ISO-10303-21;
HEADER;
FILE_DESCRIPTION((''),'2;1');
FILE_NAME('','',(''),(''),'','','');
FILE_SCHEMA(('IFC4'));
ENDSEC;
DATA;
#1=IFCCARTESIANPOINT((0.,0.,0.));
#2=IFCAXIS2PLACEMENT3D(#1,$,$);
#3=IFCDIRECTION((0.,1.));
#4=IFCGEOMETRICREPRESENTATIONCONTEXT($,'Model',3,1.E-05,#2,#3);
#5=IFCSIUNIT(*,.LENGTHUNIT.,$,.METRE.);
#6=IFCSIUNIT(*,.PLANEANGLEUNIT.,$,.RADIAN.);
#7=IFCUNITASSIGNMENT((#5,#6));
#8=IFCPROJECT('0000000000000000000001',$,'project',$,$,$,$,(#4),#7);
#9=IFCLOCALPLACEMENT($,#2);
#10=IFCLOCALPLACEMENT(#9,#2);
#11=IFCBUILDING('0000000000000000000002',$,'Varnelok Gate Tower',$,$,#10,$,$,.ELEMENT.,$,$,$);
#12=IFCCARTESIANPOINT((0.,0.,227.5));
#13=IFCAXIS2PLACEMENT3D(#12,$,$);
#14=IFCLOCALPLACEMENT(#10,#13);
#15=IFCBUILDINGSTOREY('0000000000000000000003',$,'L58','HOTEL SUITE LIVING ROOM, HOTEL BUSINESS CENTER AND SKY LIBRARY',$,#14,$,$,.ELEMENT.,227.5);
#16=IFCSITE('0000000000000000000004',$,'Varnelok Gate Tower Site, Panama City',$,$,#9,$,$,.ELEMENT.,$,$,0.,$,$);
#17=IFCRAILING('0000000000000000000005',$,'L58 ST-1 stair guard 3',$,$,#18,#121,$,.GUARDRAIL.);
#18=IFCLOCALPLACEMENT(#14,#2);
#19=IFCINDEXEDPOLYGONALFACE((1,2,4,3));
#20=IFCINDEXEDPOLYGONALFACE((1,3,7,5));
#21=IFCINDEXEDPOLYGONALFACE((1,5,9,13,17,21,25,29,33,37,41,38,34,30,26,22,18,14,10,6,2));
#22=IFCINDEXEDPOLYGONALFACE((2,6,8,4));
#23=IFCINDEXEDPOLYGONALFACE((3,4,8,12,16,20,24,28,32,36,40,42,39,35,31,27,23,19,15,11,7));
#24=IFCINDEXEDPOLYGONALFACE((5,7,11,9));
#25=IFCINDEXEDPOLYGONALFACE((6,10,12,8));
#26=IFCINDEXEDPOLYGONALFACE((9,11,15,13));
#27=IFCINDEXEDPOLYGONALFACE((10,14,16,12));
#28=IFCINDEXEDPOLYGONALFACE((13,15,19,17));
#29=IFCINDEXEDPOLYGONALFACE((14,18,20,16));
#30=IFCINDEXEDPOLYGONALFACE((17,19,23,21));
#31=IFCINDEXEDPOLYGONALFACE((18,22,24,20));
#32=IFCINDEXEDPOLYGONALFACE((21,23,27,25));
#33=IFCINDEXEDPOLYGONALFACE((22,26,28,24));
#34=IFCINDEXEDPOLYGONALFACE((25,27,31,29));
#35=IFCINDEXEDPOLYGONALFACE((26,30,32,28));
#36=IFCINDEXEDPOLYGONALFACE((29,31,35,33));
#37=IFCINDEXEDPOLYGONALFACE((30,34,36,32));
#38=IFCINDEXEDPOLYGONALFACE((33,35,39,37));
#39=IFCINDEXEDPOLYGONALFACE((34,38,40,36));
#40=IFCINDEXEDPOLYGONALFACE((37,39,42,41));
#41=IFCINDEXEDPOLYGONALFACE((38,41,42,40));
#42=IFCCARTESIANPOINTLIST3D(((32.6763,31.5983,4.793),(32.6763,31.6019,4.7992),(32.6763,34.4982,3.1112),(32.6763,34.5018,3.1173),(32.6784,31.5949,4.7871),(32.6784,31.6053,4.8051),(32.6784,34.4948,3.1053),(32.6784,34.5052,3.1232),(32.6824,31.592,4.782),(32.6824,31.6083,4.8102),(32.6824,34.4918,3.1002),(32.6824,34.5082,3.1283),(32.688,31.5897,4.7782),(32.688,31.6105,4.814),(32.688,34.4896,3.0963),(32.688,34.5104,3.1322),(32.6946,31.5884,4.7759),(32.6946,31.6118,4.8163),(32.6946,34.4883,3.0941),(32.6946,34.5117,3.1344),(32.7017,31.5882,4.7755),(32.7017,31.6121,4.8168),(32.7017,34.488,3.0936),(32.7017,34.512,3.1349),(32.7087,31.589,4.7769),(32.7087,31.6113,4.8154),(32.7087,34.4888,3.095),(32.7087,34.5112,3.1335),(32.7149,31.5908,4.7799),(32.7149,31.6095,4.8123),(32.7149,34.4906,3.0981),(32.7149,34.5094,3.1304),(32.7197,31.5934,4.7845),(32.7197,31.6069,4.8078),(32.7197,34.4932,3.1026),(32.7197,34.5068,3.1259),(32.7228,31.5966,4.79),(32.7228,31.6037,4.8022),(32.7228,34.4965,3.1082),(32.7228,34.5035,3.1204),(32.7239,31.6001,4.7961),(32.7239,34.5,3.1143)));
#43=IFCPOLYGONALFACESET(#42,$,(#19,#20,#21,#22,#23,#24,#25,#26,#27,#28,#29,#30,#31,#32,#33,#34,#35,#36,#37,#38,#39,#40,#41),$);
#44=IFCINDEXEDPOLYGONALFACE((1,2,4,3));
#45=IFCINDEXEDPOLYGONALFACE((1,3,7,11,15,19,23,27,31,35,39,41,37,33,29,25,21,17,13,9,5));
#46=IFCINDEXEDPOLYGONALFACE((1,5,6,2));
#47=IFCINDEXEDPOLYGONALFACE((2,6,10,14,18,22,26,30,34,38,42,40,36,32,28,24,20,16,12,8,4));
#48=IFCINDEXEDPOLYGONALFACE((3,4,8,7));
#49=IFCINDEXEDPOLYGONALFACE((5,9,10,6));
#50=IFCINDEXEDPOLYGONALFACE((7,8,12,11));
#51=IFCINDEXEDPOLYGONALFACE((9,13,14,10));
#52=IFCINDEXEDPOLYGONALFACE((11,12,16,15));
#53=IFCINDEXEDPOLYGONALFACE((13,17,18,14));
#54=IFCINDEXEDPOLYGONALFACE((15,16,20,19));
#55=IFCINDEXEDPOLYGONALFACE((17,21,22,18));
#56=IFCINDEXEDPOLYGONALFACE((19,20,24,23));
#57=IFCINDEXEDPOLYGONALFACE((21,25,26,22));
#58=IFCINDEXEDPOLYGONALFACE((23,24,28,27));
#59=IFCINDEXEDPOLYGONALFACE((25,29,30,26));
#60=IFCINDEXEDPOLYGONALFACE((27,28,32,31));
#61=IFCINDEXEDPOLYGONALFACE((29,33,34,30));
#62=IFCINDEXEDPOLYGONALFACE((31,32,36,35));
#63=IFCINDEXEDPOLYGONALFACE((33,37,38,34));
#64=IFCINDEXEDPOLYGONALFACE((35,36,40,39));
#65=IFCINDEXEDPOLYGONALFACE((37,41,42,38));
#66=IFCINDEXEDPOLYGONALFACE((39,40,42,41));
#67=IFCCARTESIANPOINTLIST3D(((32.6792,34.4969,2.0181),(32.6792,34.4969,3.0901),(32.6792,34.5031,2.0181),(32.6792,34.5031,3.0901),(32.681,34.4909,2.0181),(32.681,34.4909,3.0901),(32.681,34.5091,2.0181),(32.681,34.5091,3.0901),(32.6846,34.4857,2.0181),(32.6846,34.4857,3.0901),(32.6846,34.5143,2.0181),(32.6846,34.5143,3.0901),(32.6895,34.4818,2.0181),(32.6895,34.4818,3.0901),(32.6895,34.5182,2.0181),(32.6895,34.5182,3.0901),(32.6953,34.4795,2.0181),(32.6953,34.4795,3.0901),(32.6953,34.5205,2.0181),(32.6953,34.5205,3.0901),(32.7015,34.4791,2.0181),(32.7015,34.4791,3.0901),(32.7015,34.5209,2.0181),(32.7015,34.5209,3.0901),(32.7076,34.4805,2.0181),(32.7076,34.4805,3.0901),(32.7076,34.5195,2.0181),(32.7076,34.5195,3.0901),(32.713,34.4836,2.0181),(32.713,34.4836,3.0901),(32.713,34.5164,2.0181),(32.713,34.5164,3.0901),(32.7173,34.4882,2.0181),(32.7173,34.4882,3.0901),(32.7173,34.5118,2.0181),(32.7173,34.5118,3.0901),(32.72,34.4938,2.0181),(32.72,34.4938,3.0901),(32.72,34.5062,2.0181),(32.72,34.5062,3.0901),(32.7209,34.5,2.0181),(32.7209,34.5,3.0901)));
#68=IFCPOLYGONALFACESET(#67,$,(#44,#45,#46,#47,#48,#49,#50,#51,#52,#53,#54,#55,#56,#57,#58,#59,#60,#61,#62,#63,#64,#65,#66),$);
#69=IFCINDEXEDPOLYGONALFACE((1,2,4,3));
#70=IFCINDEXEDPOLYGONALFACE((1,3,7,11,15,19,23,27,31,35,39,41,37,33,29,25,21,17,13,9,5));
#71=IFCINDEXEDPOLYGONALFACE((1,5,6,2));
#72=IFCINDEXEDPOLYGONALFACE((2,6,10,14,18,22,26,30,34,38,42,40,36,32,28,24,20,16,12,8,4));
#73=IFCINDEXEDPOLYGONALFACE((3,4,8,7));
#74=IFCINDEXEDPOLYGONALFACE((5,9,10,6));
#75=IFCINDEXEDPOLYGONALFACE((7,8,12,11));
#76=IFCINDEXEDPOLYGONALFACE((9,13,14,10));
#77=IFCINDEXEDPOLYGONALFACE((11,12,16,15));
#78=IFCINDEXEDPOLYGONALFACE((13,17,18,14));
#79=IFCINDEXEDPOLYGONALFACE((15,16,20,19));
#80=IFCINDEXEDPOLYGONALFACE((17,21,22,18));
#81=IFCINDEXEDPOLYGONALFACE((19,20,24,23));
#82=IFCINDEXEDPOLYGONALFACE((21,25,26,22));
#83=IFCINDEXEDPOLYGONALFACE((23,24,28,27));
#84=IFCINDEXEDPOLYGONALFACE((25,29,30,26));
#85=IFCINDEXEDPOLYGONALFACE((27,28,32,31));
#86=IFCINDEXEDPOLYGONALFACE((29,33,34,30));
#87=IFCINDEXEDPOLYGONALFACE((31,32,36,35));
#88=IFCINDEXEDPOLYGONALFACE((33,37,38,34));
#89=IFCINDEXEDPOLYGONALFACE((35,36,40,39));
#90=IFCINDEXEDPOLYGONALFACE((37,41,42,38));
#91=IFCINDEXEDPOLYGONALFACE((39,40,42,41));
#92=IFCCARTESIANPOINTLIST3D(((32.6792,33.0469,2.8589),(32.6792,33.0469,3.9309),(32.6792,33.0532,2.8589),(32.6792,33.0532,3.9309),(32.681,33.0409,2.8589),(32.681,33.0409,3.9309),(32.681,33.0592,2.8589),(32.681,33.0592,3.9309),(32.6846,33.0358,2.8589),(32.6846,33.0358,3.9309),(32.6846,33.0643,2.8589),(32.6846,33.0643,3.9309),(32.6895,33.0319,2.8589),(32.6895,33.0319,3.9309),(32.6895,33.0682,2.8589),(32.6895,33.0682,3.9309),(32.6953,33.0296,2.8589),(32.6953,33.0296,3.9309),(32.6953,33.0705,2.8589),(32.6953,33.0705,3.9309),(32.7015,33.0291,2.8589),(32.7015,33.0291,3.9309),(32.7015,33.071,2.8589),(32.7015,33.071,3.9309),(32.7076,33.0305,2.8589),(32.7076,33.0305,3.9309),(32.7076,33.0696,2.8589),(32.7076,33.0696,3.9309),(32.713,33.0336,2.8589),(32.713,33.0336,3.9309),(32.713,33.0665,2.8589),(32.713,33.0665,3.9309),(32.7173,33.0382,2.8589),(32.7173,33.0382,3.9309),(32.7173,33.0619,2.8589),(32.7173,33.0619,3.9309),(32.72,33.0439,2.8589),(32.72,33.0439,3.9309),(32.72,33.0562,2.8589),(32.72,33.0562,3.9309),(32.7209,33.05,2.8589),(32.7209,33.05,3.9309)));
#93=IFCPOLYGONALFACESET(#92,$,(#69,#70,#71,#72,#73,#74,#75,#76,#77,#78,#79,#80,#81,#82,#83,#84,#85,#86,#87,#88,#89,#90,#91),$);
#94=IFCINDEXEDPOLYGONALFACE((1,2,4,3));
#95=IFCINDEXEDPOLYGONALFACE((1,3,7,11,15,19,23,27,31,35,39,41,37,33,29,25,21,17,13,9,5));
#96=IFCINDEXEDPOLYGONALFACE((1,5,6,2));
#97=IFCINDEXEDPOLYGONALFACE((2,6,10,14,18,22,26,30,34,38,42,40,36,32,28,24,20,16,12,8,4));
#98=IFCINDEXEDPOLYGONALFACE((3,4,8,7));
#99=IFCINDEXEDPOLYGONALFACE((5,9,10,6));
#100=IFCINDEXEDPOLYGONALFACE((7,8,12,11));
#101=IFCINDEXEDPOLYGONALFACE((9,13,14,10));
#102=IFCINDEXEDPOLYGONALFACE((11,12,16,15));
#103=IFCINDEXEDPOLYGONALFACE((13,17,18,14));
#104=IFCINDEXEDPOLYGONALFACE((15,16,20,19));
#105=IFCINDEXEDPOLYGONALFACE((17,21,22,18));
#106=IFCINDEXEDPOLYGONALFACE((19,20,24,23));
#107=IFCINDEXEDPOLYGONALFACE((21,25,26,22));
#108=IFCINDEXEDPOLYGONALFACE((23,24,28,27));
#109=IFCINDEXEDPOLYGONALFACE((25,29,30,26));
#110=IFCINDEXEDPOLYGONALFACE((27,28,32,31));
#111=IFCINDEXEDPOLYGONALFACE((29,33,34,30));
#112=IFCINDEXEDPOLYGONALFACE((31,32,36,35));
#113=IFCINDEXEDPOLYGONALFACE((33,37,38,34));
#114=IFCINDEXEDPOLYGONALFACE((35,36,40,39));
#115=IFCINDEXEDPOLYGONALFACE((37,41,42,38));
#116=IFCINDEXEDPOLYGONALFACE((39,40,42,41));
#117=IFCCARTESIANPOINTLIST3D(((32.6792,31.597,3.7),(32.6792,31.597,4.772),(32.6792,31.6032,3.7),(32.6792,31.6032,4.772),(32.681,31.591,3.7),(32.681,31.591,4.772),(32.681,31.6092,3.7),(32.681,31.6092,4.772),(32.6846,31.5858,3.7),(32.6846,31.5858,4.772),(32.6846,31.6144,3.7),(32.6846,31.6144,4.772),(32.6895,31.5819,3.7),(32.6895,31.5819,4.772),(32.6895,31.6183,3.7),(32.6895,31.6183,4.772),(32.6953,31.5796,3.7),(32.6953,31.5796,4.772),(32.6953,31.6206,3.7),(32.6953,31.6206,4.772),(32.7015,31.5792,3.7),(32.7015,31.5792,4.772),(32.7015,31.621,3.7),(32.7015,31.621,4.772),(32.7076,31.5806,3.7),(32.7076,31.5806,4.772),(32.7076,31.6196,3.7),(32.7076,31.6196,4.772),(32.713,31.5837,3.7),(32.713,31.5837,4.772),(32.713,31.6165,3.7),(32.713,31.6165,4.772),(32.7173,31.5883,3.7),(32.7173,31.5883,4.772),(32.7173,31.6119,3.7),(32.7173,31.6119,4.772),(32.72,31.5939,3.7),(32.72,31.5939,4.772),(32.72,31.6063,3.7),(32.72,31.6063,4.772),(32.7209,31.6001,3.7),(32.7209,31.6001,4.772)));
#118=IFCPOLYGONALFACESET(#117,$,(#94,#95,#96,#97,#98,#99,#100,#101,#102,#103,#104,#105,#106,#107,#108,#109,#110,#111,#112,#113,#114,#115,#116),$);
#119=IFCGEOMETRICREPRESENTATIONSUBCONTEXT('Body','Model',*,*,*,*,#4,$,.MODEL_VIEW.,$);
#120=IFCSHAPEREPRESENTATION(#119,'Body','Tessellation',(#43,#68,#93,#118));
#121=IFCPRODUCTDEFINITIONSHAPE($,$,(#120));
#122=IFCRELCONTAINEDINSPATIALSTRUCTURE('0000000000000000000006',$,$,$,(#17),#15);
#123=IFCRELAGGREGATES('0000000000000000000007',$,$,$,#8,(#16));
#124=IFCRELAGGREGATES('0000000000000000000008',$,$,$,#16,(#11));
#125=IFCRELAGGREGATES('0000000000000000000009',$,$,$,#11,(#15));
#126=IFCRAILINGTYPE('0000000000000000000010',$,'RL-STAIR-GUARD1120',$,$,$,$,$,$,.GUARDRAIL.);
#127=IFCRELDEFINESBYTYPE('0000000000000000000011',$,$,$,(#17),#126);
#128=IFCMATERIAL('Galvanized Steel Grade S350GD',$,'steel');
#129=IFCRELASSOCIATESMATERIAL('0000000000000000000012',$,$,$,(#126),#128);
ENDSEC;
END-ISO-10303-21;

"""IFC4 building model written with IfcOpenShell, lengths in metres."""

from ifc_helpers import new_model, si_unit, direction, frame, origin, origin_2d, place, context, subcontext, project, spatial, circle, extrude, material, type_object, element, save


model = new_model("IFC4")

# Units and contexts
model_context = context("Model", 3, precision=1e-05, world=origin(), true_north=direction((0.0, 1.0)))
body_context = subcontext(model_context, "Body", "Model", "MODEL_VIEW")
ifc_project = project(units=[si_unit("LENGTHUNIT", "METRE"), si_unit("PLANEANGLEUNIT", "RADIAN")], contexts=[model_context])

# Site, building, storey
site_placement = place(None, origin())
site = spatial("IfcSite", under=ifc_project, at=site_placement, Name="Varnelok Gate Tower Site, Panama City", CompositionType="ELEMENT", RefElevation=0.0)
building_placement = place(site_placement, origin())
building = spatial("IfcBuilding", under=site, at=building_placement, Name="Varnelok Gate Tower", CompositionType="ELEMENT")
storey_placement = place(building_placement, frame((0.0, 0.0, 227.5)))
storey = spatial("IfcBuildingStorey", under=building, at=storey_placement, Name="L58", Description="HOTEL SUITE LIVING ROOM, HOTEL BUSINESS CENTER AND SKY LIBRARY", CompositionType="ELEMENT", Elevation=227.5)

# Shared definitions
ifc_material_1 = material(Name="Galvanized Steel Grade S350GD", Category="steel")

# Railing
railing_type_1 = type_object("IfcRailingType", Name="RL-STAIR-GUARD1120", PredefinedType="GUARDRAIL", material=ifc_material_1)
railing_1_placement = place(storey_placement, frame((32.7, 34.5, 2.0181)))
element("IfcRailing", 1, at=railing_1_placement, inside=storey, type_object=railing_type_1, Name="L58 ST-1 stair guard 3", PredefinedType="GUARDRAIL", context=body_context, shape_type="SweptSolid", body=[
    extrude(circle(Radius=0.0239, at=origin_2d()), frame((0.0, 0.0, 1.0962), z_axis=(0.0, -0.865039, 0.501705), x_axis=(1.0, 0.0, 0.0)), (0.0, 0.0, 1.0), 3.3523),
    extrude(circle(Radius=0.021, at=origin_2d()), origin(), (0.0, 0.0, 1.0), 1.072),
    extrude(circle(Radius=0.021, at=origin_2d()), frame((0.0, -1.45, 0.8408)), (0.0, 0.0, 1.0), 1.072),
    extrude(circle(Radius=0.021, at=origin_2d()), frame((0.0, -2.8999, 1.6819)), (0.0, 0.0, 1.0), 1.072),
])

save(model, "model.ifc")
